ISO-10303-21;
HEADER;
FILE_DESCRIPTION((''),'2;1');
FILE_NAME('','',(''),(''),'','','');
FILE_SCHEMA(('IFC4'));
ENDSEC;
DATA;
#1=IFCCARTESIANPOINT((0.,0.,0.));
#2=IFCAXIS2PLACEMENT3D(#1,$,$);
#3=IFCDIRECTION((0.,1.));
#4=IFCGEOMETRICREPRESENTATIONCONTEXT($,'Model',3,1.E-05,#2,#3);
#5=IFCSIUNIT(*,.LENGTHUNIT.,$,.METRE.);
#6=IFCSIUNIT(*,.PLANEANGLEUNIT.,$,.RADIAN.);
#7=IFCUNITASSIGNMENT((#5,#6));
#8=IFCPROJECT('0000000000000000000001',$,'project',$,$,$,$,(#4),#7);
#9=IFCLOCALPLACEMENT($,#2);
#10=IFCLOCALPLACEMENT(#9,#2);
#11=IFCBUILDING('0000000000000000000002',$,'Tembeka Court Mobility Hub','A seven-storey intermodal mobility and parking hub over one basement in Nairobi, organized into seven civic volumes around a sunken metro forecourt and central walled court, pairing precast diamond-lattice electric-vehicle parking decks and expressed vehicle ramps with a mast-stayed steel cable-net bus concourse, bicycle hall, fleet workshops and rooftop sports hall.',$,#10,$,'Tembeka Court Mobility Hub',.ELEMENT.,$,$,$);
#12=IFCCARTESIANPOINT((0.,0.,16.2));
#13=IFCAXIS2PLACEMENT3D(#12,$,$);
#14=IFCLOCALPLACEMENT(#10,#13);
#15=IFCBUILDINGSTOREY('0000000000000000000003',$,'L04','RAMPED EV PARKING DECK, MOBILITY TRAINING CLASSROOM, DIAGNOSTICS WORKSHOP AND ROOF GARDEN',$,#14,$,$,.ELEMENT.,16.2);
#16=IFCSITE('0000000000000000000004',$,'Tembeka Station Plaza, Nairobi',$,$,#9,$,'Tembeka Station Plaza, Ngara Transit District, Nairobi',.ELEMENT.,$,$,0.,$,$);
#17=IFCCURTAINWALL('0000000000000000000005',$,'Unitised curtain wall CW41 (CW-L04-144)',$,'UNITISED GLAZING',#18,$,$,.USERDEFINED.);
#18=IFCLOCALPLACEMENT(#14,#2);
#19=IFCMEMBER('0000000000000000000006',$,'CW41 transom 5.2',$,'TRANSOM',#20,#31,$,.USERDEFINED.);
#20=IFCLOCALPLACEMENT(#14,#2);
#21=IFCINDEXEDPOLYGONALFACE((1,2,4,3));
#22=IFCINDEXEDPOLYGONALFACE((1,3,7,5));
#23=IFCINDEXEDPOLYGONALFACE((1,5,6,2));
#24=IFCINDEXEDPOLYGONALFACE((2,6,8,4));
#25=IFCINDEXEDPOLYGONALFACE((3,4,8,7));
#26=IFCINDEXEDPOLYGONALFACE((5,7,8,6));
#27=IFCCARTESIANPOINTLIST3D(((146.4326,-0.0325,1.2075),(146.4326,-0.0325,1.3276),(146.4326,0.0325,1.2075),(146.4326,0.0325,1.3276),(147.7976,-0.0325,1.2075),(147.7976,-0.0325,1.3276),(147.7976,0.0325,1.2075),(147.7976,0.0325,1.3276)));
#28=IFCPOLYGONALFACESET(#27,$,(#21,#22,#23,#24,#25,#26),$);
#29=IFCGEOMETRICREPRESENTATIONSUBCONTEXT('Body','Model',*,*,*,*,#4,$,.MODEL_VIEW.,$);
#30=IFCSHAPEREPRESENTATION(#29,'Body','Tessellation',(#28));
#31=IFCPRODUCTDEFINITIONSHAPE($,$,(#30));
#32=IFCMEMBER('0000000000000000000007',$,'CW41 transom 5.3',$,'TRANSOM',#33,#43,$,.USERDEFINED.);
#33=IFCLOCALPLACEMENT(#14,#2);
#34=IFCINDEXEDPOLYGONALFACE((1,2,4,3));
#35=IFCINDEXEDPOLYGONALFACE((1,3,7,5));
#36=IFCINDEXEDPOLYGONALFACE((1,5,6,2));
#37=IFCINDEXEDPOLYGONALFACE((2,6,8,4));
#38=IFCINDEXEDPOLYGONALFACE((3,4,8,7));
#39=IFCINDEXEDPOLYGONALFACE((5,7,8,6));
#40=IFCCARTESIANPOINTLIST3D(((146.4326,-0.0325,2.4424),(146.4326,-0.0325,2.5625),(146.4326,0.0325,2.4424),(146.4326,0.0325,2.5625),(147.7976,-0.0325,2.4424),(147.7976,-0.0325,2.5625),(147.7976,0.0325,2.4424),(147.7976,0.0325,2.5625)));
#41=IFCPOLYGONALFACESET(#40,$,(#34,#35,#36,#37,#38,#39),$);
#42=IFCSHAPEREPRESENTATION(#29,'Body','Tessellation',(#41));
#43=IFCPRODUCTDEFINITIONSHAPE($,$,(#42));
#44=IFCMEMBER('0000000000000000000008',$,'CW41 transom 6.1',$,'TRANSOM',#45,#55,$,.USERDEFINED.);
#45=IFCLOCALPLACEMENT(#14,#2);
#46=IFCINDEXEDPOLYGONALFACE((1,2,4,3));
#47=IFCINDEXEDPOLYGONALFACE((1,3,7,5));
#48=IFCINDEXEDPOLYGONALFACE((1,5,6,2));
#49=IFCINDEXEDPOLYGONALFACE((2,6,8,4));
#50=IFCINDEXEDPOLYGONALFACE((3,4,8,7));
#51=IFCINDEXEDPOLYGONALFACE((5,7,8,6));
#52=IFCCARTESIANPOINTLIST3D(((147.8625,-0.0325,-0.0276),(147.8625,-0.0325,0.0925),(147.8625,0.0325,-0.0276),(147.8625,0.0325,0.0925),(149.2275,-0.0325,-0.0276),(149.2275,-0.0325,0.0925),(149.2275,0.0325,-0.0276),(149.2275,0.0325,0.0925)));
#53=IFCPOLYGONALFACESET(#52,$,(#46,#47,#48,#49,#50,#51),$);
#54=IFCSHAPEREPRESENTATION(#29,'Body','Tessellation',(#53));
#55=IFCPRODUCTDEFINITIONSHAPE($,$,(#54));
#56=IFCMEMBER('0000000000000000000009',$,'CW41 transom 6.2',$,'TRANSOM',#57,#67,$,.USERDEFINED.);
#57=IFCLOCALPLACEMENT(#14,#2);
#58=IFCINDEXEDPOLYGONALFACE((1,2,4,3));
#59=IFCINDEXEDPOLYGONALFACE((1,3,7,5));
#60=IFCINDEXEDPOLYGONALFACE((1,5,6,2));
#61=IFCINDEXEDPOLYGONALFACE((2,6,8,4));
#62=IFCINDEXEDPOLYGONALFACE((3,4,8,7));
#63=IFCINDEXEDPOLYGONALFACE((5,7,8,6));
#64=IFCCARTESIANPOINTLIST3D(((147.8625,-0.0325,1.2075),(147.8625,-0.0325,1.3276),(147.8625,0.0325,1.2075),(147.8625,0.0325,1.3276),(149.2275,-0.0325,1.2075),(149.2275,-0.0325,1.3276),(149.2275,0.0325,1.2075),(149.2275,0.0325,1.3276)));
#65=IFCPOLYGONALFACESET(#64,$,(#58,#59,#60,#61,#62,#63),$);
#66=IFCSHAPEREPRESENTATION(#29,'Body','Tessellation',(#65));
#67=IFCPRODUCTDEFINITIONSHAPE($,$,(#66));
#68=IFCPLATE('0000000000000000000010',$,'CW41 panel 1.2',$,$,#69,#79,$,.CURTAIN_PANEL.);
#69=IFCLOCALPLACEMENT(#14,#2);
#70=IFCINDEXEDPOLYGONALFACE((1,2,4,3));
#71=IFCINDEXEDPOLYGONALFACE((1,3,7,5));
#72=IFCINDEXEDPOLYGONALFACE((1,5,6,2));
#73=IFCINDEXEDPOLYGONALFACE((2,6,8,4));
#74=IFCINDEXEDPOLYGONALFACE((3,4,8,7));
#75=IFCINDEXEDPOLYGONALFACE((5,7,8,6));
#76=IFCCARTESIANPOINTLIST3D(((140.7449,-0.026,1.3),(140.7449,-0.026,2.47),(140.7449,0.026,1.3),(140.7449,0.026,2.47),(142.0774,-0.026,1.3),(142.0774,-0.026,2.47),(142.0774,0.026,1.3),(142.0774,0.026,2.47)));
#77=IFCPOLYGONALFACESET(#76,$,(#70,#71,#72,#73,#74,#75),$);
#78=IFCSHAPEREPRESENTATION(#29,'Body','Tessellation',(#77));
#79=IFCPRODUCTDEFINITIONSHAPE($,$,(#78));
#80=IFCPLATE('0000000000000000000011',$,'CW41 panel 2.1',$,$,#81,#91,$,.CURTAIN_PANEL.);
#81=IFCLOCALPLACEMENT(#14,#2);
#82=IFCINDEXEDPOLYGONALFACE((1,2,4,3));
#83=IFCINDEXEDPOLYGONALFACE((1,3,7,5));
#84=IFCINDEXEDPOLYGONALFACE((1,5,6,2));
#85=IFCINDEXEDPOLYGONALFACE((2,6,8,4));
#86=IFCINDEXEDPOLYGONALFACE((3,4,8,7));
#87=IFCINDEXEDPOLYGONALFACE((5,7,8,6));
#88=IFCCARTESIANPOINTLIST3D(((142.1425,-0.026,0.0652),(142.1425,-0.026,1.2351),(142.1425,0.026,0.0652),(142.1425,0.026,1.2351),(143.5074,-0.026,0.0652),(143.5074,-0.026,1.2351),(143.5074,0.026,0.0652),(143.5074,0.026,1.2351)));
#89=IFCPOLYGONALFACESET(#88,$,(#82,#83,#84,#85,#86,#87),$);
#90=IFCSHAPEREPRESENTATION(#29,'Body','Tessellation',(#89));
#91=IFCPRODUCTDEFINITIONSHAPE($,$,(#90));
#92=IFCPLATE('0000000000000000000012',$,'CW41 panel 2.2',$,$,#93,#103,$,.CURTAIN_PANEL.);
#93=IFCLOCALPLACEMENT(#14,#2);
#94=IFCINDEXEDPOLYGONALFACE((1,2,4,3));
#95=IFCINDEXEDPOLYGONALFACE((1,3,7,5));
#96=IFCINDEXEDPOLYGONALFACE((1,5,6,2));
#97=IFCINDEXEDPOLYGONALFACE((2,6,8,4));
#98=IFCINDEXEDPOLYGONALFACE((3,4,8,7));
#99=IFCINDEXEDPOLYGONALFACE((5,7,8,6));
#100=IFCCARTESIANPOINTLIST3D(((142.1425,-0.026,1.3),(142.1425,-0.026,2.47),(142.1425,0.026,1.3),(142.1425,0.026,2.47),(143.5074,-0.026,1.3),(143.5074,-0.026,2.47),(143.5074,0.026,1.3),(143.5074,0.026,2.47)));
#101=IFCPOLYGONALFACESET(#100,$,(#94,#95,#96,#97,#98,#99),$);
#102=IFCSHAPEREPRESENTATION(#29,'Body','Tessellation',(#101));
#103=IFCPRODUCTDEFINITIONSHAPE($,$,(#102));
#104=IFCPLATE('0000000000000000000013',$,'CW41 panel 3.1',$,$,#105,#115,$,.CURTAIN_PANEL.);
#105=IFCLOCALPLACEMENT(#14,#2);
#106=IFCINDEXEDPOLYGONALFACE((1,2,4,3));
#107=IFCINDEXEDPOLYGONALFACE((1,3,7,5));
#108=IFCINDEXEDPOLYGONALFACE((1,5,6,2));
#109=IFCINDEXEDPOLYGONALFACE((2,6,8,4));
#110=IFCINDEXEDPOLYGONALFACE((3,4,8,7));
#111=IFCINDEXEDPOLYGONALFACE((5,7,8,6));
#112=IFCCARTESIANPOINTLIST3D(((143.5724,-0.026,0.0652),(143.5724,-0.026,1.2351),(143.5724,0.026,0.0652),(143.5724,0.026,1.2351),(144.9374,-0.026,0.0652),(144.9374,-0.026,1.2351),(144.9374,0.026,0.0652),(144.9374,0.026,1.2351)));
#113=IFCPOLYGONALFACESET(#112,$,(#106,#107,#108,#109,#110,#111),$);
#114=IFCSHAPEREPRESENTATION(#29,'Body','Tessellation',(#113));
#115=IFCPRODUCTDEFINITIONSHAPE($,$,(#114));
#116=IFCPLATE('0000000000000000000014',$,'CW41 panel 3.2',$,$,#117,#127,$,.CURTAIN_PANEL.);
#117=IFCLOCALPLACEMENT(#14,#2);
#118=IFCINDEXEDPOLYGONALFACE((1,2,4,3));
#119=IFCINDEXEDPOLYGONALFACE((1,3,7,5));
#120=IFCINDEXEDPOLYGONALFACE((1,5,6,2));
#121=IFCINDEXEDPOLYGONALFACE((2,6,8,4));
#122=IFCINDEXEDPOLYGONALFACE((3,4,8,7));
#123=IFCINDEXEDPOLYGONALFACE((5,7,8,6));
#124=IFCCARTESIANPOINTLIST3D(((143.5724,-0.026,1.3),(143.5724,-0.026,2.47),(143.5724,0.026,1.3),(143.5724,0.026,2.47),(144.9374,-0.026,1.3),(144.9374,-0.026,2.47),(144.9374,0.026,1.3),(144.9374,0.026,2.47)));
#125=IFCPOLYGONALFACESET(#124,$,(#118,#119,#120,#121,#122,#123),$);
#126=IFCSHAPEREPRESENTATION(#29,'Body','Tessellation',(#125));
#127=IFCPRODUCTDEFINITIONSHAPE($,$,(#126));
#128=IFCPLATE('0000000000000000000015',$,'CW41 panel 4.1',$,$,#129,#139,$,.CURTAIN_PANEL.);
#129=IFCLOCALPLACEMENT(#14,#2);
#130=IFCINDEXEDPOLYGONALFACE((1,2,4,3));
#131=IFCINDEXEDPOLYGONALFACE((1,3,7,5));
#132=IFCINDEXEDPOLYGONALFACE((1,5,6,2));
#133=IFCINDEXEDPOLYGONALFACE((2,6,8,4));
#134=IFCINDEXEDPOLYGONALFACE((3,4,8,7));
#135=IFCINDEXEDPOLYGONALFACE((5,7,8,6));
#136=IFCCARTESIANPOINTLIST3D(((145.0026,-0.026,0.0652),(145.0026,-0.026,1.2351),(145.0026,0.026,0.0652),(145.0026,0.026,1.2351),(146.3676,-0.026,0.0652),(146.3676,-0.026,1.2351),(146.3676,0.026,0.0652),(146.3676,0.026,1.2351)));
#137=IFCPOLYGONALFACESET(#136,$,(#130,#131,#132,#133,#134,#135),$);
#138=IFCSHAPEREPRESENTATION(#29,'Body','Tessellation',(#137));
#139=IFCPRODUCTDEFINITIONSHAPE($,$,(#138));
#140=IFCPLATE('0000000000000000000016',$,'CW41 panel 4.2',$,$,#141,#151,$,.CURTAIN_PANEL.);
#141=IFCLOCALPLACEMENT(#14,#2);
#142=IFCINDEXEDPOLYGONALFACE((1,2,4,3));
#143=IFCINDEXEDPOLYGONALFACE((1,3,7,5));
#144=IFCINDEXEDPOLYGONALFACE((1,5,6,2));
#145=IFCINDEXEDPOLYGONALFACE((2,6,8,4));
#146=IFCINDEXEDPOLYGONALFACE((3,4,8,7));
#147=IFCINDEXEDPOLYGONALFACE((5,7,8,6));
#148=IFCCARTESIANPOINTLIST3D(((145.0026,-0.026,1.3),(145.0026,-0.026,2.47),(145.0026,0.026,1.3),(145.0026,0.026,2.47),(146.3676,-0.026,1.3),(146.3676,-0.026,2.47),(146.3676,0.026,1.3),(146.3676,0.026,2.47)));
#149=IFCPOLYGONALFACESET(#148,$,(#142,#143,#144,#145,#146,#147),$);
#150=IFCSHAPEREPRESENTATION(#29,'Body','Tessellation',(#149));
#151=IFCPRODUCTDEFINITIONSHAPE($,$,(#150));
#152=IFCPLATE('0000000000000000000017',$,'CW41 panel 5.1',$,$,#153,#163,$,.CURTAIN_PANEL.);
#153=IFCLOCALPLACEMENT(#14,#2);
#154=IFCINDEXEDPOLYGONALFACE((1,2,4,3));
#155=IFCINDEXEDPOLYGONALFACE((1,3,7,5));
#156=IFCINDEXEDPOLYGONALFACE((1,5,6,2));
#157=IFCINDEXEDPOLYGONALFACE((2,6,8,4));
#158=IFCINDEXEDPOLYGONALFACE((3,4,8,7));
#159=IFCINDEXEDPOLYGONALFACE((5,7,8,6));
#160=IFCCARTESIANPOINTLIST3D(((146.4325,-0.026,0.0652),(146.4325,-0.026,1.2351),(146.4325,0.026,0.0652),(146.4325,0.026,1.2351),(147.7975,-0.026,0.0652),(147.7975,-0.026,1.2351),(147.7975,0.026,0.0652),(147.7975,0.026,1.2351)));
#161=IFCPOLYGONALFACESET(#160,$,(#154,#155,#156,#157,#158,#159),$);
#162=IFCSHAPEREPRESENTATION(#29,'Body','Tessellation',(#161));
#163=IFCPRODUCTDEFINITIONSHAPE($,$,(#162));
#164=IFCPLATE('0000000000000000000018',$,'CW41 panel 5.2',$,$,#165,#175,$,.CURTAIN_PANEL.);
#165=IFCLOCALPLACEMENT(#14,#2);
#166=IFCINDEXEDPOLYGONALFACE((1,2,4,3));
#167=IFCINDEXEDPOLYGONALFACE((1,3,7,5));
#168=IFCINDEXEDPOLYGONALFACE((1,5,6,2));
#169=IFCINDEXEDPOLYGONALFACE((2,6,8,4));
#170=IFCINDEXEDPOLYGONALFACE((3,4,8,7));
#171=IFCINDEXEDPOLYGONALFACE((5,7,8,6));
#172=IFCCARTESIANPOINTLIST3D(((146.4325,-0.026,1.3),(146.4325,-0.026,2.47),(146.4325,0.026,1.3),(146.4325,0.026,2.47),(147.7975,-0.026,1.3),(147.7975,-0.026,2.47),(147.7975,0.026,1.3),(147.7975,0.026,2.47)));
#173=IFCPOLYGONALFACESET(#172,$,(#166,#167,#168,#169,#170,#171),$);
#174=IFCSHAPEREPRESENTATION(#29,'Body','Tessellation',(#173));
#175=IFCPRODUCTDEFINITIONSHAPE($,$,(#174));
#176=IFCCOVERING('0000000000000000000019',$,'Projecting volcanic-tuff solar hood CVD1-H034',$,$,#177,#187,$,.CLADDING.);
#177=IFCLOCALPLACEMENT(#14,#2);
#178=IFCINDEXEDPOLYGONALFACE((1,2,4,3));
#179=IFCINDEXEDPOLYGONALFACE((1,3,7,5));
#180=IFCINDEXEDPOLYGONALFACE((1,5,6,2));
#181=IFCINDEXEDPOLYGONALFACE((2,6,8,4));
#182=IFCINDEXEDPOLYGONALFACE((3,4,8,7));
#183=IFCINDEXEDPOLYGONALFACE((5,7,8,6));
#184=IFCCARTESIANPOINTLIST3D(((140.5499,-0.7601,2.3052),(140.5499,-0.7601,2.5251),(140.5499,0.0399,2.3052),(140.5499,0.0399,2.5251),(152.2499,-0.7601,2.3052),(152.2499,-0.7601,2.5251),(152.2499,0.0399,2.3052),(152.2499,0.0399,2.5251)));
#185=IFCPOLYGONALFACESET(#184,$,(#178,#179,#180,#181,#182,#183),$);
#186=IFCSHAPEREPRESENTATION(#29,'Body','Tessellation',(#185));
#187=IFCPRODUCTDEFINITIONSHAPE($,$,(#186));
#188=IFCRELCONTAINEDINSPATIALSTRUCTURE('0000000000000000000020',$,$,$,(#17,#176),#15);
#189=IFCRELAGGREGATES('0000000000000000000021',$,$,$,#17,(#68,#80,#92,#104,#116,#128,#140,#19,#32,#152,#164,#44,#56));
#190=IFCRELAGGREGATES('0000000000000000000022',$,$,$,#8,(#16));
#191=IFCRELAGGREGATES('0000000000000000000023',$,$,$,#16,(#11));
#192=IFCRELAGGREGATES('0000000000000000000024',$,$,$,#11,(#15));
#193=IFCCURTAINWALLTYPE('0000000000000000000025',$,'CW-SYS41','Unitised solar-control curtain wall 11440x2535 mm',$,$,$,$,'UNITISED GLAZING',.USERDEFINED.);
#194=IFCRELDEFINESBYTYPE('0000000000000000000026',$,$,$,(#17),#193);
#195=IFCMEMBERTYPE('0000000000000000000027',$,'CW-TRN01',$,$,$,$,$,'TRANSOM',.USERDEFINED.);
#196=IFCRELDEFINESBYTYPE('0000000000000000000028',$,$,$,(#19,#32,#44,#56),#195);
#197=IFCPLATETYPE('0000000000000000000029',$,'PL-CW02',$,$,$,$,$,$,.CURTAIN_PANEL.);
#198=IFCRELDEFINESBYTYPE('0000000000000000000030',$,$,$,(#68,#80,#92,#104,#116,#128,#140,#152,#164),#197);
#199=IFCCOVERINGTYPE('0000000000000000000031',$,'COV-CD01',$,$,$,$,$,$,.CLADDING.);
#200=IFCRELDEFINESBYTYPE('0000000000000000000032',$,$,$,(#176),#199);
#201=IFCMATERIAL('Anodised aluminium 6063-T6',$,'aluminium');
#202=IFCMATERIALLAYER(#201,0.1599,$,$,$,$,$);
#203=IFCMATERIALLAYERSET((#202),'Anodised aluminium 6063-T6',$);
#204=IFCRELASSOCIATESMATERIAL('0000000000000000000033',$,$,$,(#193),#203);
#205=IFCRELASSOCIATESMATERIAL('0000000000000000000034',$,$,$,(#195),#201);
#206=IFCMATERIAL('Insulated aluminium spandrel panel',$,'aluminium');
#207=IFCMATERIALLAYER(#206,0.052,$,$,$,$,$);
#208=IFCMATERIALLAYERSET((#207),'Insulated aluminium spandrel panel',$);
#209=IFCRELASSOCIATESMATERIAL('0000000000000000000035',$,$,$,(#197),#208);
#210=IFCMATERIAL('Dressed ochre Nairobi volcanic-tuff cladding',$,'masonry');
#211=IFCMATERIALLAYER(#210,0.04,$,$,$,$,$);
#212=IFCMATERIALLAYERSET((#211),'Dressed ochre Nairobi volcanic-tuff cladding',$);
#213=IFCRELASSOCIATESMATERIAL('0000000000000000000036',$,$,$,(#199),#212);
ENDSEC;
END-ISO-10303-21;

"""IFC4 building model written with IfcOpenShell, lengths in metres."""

from ifc_helpers import new_model, si_unit, direction, frame, origin, origin_2d, place, context, subcontext, project, spatial, rectangle, extrude, material, layer, layer_set, material_profile, profile_set, type_object, element, aggregate, save


model = new_model("IFC4")

# Units and contexts
model_context = context("Model", 3, precision=1e-05, world=origin(), true_north=direction((0.0, 1.0)))
body_context = subcontext(model_context, "Body", "Model", "MODEL_VIEW")
ifc_project = project(units=[si_unit("LENGTHUNIT", "METRE"), si_unit("PLANEANGLEUNIT", "RADIAN")], contexts=[model_context])

# Site, building, storey
site_placement = place(None, origin())
site = spatial("IfcSite", under=ifc_project, at=site_placement, Name="Tembeka Station Plaza, Nairobi", LongName="Tembeka Station Plaza, Ngara Transit District, Nairobi", CompositionType="ELEMENT", RefElevation=0.0)
building_placement = place(site_placement, origin())
building = spatial("IfcBuilding", under=site, at=building_placement, Name="Tembeka Court Mobility Hub", Description="A seven-storey intermodal mobility and parking hub over one basement in Nairobi, organized into seven civic volumes around a sunken metro forecourt and central walled court, pairing precast diamond-lattice electric-vehicle parking decks and expressed vehicle ramps with a mast-stayed steel cable-net bus concourse, bicycle hall, fleet workshops and rooftop sports hall.", LongName="Tembeka Court Mobility Hub", CompositionType="ELEMENT")
storey_placement = place(building_placement, frame((0.0, 0.0, 16.2)))
storey = spatial("IfcBuildingStorey", under=building, at=storey_placement, Name="L04", Description="RAMPED EV PARKING DECK, MOBILITY TRAINING CLASSROOM, DIAGNOSTICS WORKSHOP AND ROOF GARDEN", CompositionType="ELEMENT", Elevation=16.2)

# Curtain wall, members, plates
ifc_material_1 = material(Name="Anodised aluminium 6063-T6", Category="aluminium")
ifc_layer_1 = layer(ifc_material_1, 0.1599)
ifc_layer_set_1 = layer_set([ifc_layer_1], Name="Anodised aluminium 6063-T6")
curtain_wall_type = type_object("IfcCurtainWallType", Name="CW-SYS41", Description="Unitised solar-control curtain wall 11440x2535 mm", ElementType="UNITISED GLAZING", PredefinedType="USERDEFINED", material=ifc_layer_set_1)
curtain_wall_placement = place(storey_placement, origin())
curtain_wall = element("IfcCurtainWall", 1, at=curtain_wall_placement, inside=storey, type_object=curtain_wall_type, Name="Unitised curtain wall CW41 (CW-L04-144)", ObjectType="UNITISED GLAZING", PredefinedType="USERDEFINED")
ifc_material_profile_1 = material_profile(ifc_material_1, rectangle(XDim=0.0649, YDim=0.1201, at=origin_2d()), Name="ALU-TRN 65x120")
ifc_profile_set_1 = profile_set([ifc_material_profile_1], Name="Anodised aluminium 6063-T6")
member_type_1 = type_object("IfcMemberType", Name="CW-TRN01", ElementType="TRANSOM", PredefinedType="USERDEFINED", material=ifc_profile_set_1)
member_1_placement = place(storey_placement, frame((146.4326, 0.0, 1.2676), z_axis=(1.0, 0.0, 0.0), x_axis=(0.0, 1.0, 0.0)))
member_1 = element("IfcMember", 2, at=member_1_placement, type_object=member_type_1, Name="CW41 transom 5.2", ObjectType="TRANSOM", PredefinedType="USERDEFINED", context=body_context, shape_type="SweptSolid", body=[
    extrude(rectangle(XDim=0.0649, YDim=0.1201, at=origin_2d()), origin(), (0.0, 0.0, 1.0), 1.365),
])
member_2_placement = place(storey_placement, frame((146.4326, 0.0, 2.5024), z_axis=(1.0, 0.0, 0.0), x_axis=(0.0, 1.0, 0.0)))
member_2 = element("IfcMember", 3, at=member_2_placement, type_object=member_type_1, Name="CW41 transom 5.3", ObjectType="TRANSOM", PredefinedType="USERDEFINED", context=body_context, shape_type="SweptSolid", body=[
    extrude(rectangle(XDim=0.0649, YDim=0.1201, at=origin_2d()), origin(), (0.0, 0.0, 1.0), 1.365),
])
member_3_placement = place(storey_placement, frame((147.8625, 0.0, 0.0325), z_axis=(1.0, 0.0, 0.0), x_axis=(0.0, 1.0, 0.0)))
member_3 = element("IfcMember", 4, at=member_3_placement, type_object=member_type_1, Name="CW41 transom 6.1", ObjectType="TRANSOM", PredefinedType="USERDEFINED", context=body_context, shape_type="SweptSolid", body=[
    extrude(rectangle(XDim=0.0649, YDim=0.1201, at=origin_2d()), origin(), (0.0, 0.0, 1.0), 1.365),
])
member_4_placement = place(storey_placement, frame((147.8625, 0.0, 1.2676), z_axis=(1.0, 0.0, 0.0), x_axis=(0.0, 1.0, 0.0)))
member_4 = element("IfcMember", 5, at=member_4_placement, type_object=member_type_1, Name="CW41 transom 6.2", ObjectType="TRANSOM", PredefinedType="USERDEFINED", context=body_context, shape_type="SweptSolid", body=[
    extrude(rectangle(XDim=0.0649, YDim=0.1201, at=origin_2d()), origin(), (0.0, 0.0, 1.0), 1.365),
])
ifc_material_2 = material(Name="Insulated aluminium spandrel panel", Category="aluminium")
ifc_layer_2 = layer(ifc_material_2, 0.052)
ifc_layer_set_2 = layer_set([ifc_layer_2], Name="Insulated aluminium spandrel panel")
plate_type = type_object("IfcPlateType", Name="PL-CW02", PredefinedType="CURTAIN_PANEL", material=ifc_layer_set_2)
plate_1_placement = place(storey_placement, frame((141.4111, 0.0, 1.3), z_axis=(0.0, 0.0, 1.0), x_axis=(1.0, 0.0, 0.0)))
plate_1 = element("IfcPlate", 6, at=plate_1_placement, type_object=plate_type, Name="CW41 panel 1.2", PredefinedType="CURTAIN_PANEL", context=body_context, shape_type="SweptSolid", body=[
    extrude(rectangle(XDim=1.3325, YDim=0.052, at=origin_2d()), origin(), (0.0, 0.0, 1.0), 1.1699),
])
plate_2_placement = place(storey_placement, frame((142.825, 0.0, 0.0652), z_axis=(0.0, 0.0, 1.0), x_axis=(1.0, 0.0, 0.0)))
plate_2 = element("IfcPlate", 7, at=plate_2_placement, type_object=plate_type, Name="CW41 panel 2.1", PredefinedType="CURTAIN_PANEL", context=body_context, shape_type="SweptSolid", body=[
    extrude(rectangle(XDim=1.365, YDim=0.052, at=origin_2d()), origin(), (0.0, 0.0, 1.0), 1.1699),
])
plate_3_placement = place(storey_placement, frame((142.825, 0.0, 1.3), z_axis=(0.0, 0.0, 1.0), x_axis=(1.0, 0.0, 0.0)))
plate_3 = element("IfcPlate", 8, at=plate_3_placement, type_object=plate_type, Name="CW41 panel 2.2", PredefinedType="CURTAIN_PANEL", context=body_context, shape_type="SweptSolid", body=[
    extrude(rectangle(XDim=1.365, YDim=0.052, at=origin_2d()), origin(), (0.0, 0.0, 1.0), 1.1699),
])
plate_4_placement = place(storey_placement, frame((144.2549, 0.0, 0.0652), z_axis=(0.0, 0.0, 1.0), x_axis=(1.0, 0.0, 0.0)))
plate_4 = element("IfcPlate", 9, at=plate_4_placement, type_object=plate_type, Name="CW41 panel 3.1", PredefinedType="CURTAIN_PANEL", context=body_context, shape_type="SweptSolid", body=[
    extrude(rectangle(XDim=1.365, YDim=0.052, at=origin_2d()), origin(), (0.0, 0.0, 1.0), 1.1699),
])
plate_5_placement = place(storey_placement, frame((144.2549, 0.0, 1.3), z_axis=(0.0, 0.0, 1.0), x_axis=(1.0, 0.0, 0.0)))
plate_5 = element("IfcPlate", 10, at=plate_5_placement, type_object=plate_type, Name="CW41 panel 3.2", PredefinedType="CURTAIN_PANEL", context=body_context, shape_type="SweptSolid", body=[
    extrude(rectangle(XDim=1.365, YDim=0.052, at=origin_2d()), origin(), (0.0, 0.0, 1.0), 1.1699),
])
plate_6_placement = place(storey_placement, frame((145.6851, 0.0, 0.0652), z_axis=(0.0, 0.0, 1.0), x_axis=(1.0, 0.0, 0.0)))
plate_6 = element("IfcPlate", 11, at=plate_6_placement, type_object=plate_type, Name="CW41 panel 4.1", PredefinedType="CURTAIN_PANEL", context=body_context, shape_type="SweptSolid", body=[
    extrude(rectangle(XDim=1.365, YDim=0.052, at=origin_2d()), origin(), (0.0, 0.0, 1.0), 1.1699),
])
plate_7_placement = place(storey_placement, frame((145.6851, 0.0, 1.3), z_axis=(0.0, 0.0, 1.0), x_axis=(1.0, 0.0, 0.0)))
plate_7 = element("IfcPlate", 12, at=plate_7_placement, type_object=plate_type, Name="CW41 panel 4.2", PredefinedType="CURTAIN_PANEL", context=body_context, shape_type="SweptSolid", body=[
    extrude(rectangle(XDim=1.365, YDim=0.052, at=origin_2d()), origin(), (0.0, 0.0, 1.0), 1.1699),
])
plate_8_placement = place(storey_placement, frame((147.115, 0.0, 0.0652), z_axis=(0.0, 0.0, 1.0), x_axis=(1.0, 0.0, 0.0)))
plate_8 = element("IfcPlate", 13, at=plate_8_placement, type_object=plate_type, Name="CW41 panel 5.1", PredefinedType="CURTAIN_PANEL", context=body_context, shape_type="SweptSolid", body=[
    extrude(rectangle(XDim=1.365, YDim=0.052, at=origin_2d()), origin(), (0.0, 0.0, 1.0), 1.1699),
])
plate_9_placement = place(storey_placement, frame((147.115, 0.0, 1.3), z_axis=(0.0, 0.0, 1.0), x_axis=(1.0, 0.0, 0.0)))
plate_9 = element("IfcPlate", 14, at=plate_9_placement, type_object=plate_type, Name="CW41 panel 5.2", PredefinedType="CURTAIN_PANEL", context=body_context, shape_type="SweptSolid", body=[
    extrude(rectangle(XDim=1.365, YDim=0.052, at=origin_2d()), origin(), (0.0, 0.0, 1.0), 1.1699),
])
aggregate(curtain_wall, [plate_1, plate_2, plate_3, plate_4, plate_5, plate_6, plate_7, member_1, member_2, plate_8, plate_9, member_3, member_4])

# Covering
ifc_material_3 = material(Name="Dressed ochre Nairobi volcanic-tuff cladding", Category="masonry")
ifc_layer_3 = layer(ifc_material_3, 0.04)
ifc_layer_set_3 = layer_set([ifc_layer_3], Name="Dressed ochre Nairobi volcanic-tuff cladding")
covering_type = type_object("IfcCoveringType", Name="COV-CD01", PredefinedType="CLADDING", material=ifc_layer_set_3)
covering_placement = place(storey_placement, frame((146.3999, -0.3601, 2.3052), z_axis=(0.0, 0.0, 1.0), x_axis=(1.0, 0.0, 0.0)))
element("IfcCovering", 15, at=covering_placement, inside=storey, type_object=covering_type, Name="Projecting volcanic-tuff solar hood CVD1-H034", PredefinedType="CLADDING", context=body_context, shape_type="SweptSolid", body=[
    extrude(rectangle(XDim=11.7, YDim=0.8, at=origin_2d()), origin(), (0.0, 0.0, 1.0), 0.22),
])

save(model, "model.ifc")
